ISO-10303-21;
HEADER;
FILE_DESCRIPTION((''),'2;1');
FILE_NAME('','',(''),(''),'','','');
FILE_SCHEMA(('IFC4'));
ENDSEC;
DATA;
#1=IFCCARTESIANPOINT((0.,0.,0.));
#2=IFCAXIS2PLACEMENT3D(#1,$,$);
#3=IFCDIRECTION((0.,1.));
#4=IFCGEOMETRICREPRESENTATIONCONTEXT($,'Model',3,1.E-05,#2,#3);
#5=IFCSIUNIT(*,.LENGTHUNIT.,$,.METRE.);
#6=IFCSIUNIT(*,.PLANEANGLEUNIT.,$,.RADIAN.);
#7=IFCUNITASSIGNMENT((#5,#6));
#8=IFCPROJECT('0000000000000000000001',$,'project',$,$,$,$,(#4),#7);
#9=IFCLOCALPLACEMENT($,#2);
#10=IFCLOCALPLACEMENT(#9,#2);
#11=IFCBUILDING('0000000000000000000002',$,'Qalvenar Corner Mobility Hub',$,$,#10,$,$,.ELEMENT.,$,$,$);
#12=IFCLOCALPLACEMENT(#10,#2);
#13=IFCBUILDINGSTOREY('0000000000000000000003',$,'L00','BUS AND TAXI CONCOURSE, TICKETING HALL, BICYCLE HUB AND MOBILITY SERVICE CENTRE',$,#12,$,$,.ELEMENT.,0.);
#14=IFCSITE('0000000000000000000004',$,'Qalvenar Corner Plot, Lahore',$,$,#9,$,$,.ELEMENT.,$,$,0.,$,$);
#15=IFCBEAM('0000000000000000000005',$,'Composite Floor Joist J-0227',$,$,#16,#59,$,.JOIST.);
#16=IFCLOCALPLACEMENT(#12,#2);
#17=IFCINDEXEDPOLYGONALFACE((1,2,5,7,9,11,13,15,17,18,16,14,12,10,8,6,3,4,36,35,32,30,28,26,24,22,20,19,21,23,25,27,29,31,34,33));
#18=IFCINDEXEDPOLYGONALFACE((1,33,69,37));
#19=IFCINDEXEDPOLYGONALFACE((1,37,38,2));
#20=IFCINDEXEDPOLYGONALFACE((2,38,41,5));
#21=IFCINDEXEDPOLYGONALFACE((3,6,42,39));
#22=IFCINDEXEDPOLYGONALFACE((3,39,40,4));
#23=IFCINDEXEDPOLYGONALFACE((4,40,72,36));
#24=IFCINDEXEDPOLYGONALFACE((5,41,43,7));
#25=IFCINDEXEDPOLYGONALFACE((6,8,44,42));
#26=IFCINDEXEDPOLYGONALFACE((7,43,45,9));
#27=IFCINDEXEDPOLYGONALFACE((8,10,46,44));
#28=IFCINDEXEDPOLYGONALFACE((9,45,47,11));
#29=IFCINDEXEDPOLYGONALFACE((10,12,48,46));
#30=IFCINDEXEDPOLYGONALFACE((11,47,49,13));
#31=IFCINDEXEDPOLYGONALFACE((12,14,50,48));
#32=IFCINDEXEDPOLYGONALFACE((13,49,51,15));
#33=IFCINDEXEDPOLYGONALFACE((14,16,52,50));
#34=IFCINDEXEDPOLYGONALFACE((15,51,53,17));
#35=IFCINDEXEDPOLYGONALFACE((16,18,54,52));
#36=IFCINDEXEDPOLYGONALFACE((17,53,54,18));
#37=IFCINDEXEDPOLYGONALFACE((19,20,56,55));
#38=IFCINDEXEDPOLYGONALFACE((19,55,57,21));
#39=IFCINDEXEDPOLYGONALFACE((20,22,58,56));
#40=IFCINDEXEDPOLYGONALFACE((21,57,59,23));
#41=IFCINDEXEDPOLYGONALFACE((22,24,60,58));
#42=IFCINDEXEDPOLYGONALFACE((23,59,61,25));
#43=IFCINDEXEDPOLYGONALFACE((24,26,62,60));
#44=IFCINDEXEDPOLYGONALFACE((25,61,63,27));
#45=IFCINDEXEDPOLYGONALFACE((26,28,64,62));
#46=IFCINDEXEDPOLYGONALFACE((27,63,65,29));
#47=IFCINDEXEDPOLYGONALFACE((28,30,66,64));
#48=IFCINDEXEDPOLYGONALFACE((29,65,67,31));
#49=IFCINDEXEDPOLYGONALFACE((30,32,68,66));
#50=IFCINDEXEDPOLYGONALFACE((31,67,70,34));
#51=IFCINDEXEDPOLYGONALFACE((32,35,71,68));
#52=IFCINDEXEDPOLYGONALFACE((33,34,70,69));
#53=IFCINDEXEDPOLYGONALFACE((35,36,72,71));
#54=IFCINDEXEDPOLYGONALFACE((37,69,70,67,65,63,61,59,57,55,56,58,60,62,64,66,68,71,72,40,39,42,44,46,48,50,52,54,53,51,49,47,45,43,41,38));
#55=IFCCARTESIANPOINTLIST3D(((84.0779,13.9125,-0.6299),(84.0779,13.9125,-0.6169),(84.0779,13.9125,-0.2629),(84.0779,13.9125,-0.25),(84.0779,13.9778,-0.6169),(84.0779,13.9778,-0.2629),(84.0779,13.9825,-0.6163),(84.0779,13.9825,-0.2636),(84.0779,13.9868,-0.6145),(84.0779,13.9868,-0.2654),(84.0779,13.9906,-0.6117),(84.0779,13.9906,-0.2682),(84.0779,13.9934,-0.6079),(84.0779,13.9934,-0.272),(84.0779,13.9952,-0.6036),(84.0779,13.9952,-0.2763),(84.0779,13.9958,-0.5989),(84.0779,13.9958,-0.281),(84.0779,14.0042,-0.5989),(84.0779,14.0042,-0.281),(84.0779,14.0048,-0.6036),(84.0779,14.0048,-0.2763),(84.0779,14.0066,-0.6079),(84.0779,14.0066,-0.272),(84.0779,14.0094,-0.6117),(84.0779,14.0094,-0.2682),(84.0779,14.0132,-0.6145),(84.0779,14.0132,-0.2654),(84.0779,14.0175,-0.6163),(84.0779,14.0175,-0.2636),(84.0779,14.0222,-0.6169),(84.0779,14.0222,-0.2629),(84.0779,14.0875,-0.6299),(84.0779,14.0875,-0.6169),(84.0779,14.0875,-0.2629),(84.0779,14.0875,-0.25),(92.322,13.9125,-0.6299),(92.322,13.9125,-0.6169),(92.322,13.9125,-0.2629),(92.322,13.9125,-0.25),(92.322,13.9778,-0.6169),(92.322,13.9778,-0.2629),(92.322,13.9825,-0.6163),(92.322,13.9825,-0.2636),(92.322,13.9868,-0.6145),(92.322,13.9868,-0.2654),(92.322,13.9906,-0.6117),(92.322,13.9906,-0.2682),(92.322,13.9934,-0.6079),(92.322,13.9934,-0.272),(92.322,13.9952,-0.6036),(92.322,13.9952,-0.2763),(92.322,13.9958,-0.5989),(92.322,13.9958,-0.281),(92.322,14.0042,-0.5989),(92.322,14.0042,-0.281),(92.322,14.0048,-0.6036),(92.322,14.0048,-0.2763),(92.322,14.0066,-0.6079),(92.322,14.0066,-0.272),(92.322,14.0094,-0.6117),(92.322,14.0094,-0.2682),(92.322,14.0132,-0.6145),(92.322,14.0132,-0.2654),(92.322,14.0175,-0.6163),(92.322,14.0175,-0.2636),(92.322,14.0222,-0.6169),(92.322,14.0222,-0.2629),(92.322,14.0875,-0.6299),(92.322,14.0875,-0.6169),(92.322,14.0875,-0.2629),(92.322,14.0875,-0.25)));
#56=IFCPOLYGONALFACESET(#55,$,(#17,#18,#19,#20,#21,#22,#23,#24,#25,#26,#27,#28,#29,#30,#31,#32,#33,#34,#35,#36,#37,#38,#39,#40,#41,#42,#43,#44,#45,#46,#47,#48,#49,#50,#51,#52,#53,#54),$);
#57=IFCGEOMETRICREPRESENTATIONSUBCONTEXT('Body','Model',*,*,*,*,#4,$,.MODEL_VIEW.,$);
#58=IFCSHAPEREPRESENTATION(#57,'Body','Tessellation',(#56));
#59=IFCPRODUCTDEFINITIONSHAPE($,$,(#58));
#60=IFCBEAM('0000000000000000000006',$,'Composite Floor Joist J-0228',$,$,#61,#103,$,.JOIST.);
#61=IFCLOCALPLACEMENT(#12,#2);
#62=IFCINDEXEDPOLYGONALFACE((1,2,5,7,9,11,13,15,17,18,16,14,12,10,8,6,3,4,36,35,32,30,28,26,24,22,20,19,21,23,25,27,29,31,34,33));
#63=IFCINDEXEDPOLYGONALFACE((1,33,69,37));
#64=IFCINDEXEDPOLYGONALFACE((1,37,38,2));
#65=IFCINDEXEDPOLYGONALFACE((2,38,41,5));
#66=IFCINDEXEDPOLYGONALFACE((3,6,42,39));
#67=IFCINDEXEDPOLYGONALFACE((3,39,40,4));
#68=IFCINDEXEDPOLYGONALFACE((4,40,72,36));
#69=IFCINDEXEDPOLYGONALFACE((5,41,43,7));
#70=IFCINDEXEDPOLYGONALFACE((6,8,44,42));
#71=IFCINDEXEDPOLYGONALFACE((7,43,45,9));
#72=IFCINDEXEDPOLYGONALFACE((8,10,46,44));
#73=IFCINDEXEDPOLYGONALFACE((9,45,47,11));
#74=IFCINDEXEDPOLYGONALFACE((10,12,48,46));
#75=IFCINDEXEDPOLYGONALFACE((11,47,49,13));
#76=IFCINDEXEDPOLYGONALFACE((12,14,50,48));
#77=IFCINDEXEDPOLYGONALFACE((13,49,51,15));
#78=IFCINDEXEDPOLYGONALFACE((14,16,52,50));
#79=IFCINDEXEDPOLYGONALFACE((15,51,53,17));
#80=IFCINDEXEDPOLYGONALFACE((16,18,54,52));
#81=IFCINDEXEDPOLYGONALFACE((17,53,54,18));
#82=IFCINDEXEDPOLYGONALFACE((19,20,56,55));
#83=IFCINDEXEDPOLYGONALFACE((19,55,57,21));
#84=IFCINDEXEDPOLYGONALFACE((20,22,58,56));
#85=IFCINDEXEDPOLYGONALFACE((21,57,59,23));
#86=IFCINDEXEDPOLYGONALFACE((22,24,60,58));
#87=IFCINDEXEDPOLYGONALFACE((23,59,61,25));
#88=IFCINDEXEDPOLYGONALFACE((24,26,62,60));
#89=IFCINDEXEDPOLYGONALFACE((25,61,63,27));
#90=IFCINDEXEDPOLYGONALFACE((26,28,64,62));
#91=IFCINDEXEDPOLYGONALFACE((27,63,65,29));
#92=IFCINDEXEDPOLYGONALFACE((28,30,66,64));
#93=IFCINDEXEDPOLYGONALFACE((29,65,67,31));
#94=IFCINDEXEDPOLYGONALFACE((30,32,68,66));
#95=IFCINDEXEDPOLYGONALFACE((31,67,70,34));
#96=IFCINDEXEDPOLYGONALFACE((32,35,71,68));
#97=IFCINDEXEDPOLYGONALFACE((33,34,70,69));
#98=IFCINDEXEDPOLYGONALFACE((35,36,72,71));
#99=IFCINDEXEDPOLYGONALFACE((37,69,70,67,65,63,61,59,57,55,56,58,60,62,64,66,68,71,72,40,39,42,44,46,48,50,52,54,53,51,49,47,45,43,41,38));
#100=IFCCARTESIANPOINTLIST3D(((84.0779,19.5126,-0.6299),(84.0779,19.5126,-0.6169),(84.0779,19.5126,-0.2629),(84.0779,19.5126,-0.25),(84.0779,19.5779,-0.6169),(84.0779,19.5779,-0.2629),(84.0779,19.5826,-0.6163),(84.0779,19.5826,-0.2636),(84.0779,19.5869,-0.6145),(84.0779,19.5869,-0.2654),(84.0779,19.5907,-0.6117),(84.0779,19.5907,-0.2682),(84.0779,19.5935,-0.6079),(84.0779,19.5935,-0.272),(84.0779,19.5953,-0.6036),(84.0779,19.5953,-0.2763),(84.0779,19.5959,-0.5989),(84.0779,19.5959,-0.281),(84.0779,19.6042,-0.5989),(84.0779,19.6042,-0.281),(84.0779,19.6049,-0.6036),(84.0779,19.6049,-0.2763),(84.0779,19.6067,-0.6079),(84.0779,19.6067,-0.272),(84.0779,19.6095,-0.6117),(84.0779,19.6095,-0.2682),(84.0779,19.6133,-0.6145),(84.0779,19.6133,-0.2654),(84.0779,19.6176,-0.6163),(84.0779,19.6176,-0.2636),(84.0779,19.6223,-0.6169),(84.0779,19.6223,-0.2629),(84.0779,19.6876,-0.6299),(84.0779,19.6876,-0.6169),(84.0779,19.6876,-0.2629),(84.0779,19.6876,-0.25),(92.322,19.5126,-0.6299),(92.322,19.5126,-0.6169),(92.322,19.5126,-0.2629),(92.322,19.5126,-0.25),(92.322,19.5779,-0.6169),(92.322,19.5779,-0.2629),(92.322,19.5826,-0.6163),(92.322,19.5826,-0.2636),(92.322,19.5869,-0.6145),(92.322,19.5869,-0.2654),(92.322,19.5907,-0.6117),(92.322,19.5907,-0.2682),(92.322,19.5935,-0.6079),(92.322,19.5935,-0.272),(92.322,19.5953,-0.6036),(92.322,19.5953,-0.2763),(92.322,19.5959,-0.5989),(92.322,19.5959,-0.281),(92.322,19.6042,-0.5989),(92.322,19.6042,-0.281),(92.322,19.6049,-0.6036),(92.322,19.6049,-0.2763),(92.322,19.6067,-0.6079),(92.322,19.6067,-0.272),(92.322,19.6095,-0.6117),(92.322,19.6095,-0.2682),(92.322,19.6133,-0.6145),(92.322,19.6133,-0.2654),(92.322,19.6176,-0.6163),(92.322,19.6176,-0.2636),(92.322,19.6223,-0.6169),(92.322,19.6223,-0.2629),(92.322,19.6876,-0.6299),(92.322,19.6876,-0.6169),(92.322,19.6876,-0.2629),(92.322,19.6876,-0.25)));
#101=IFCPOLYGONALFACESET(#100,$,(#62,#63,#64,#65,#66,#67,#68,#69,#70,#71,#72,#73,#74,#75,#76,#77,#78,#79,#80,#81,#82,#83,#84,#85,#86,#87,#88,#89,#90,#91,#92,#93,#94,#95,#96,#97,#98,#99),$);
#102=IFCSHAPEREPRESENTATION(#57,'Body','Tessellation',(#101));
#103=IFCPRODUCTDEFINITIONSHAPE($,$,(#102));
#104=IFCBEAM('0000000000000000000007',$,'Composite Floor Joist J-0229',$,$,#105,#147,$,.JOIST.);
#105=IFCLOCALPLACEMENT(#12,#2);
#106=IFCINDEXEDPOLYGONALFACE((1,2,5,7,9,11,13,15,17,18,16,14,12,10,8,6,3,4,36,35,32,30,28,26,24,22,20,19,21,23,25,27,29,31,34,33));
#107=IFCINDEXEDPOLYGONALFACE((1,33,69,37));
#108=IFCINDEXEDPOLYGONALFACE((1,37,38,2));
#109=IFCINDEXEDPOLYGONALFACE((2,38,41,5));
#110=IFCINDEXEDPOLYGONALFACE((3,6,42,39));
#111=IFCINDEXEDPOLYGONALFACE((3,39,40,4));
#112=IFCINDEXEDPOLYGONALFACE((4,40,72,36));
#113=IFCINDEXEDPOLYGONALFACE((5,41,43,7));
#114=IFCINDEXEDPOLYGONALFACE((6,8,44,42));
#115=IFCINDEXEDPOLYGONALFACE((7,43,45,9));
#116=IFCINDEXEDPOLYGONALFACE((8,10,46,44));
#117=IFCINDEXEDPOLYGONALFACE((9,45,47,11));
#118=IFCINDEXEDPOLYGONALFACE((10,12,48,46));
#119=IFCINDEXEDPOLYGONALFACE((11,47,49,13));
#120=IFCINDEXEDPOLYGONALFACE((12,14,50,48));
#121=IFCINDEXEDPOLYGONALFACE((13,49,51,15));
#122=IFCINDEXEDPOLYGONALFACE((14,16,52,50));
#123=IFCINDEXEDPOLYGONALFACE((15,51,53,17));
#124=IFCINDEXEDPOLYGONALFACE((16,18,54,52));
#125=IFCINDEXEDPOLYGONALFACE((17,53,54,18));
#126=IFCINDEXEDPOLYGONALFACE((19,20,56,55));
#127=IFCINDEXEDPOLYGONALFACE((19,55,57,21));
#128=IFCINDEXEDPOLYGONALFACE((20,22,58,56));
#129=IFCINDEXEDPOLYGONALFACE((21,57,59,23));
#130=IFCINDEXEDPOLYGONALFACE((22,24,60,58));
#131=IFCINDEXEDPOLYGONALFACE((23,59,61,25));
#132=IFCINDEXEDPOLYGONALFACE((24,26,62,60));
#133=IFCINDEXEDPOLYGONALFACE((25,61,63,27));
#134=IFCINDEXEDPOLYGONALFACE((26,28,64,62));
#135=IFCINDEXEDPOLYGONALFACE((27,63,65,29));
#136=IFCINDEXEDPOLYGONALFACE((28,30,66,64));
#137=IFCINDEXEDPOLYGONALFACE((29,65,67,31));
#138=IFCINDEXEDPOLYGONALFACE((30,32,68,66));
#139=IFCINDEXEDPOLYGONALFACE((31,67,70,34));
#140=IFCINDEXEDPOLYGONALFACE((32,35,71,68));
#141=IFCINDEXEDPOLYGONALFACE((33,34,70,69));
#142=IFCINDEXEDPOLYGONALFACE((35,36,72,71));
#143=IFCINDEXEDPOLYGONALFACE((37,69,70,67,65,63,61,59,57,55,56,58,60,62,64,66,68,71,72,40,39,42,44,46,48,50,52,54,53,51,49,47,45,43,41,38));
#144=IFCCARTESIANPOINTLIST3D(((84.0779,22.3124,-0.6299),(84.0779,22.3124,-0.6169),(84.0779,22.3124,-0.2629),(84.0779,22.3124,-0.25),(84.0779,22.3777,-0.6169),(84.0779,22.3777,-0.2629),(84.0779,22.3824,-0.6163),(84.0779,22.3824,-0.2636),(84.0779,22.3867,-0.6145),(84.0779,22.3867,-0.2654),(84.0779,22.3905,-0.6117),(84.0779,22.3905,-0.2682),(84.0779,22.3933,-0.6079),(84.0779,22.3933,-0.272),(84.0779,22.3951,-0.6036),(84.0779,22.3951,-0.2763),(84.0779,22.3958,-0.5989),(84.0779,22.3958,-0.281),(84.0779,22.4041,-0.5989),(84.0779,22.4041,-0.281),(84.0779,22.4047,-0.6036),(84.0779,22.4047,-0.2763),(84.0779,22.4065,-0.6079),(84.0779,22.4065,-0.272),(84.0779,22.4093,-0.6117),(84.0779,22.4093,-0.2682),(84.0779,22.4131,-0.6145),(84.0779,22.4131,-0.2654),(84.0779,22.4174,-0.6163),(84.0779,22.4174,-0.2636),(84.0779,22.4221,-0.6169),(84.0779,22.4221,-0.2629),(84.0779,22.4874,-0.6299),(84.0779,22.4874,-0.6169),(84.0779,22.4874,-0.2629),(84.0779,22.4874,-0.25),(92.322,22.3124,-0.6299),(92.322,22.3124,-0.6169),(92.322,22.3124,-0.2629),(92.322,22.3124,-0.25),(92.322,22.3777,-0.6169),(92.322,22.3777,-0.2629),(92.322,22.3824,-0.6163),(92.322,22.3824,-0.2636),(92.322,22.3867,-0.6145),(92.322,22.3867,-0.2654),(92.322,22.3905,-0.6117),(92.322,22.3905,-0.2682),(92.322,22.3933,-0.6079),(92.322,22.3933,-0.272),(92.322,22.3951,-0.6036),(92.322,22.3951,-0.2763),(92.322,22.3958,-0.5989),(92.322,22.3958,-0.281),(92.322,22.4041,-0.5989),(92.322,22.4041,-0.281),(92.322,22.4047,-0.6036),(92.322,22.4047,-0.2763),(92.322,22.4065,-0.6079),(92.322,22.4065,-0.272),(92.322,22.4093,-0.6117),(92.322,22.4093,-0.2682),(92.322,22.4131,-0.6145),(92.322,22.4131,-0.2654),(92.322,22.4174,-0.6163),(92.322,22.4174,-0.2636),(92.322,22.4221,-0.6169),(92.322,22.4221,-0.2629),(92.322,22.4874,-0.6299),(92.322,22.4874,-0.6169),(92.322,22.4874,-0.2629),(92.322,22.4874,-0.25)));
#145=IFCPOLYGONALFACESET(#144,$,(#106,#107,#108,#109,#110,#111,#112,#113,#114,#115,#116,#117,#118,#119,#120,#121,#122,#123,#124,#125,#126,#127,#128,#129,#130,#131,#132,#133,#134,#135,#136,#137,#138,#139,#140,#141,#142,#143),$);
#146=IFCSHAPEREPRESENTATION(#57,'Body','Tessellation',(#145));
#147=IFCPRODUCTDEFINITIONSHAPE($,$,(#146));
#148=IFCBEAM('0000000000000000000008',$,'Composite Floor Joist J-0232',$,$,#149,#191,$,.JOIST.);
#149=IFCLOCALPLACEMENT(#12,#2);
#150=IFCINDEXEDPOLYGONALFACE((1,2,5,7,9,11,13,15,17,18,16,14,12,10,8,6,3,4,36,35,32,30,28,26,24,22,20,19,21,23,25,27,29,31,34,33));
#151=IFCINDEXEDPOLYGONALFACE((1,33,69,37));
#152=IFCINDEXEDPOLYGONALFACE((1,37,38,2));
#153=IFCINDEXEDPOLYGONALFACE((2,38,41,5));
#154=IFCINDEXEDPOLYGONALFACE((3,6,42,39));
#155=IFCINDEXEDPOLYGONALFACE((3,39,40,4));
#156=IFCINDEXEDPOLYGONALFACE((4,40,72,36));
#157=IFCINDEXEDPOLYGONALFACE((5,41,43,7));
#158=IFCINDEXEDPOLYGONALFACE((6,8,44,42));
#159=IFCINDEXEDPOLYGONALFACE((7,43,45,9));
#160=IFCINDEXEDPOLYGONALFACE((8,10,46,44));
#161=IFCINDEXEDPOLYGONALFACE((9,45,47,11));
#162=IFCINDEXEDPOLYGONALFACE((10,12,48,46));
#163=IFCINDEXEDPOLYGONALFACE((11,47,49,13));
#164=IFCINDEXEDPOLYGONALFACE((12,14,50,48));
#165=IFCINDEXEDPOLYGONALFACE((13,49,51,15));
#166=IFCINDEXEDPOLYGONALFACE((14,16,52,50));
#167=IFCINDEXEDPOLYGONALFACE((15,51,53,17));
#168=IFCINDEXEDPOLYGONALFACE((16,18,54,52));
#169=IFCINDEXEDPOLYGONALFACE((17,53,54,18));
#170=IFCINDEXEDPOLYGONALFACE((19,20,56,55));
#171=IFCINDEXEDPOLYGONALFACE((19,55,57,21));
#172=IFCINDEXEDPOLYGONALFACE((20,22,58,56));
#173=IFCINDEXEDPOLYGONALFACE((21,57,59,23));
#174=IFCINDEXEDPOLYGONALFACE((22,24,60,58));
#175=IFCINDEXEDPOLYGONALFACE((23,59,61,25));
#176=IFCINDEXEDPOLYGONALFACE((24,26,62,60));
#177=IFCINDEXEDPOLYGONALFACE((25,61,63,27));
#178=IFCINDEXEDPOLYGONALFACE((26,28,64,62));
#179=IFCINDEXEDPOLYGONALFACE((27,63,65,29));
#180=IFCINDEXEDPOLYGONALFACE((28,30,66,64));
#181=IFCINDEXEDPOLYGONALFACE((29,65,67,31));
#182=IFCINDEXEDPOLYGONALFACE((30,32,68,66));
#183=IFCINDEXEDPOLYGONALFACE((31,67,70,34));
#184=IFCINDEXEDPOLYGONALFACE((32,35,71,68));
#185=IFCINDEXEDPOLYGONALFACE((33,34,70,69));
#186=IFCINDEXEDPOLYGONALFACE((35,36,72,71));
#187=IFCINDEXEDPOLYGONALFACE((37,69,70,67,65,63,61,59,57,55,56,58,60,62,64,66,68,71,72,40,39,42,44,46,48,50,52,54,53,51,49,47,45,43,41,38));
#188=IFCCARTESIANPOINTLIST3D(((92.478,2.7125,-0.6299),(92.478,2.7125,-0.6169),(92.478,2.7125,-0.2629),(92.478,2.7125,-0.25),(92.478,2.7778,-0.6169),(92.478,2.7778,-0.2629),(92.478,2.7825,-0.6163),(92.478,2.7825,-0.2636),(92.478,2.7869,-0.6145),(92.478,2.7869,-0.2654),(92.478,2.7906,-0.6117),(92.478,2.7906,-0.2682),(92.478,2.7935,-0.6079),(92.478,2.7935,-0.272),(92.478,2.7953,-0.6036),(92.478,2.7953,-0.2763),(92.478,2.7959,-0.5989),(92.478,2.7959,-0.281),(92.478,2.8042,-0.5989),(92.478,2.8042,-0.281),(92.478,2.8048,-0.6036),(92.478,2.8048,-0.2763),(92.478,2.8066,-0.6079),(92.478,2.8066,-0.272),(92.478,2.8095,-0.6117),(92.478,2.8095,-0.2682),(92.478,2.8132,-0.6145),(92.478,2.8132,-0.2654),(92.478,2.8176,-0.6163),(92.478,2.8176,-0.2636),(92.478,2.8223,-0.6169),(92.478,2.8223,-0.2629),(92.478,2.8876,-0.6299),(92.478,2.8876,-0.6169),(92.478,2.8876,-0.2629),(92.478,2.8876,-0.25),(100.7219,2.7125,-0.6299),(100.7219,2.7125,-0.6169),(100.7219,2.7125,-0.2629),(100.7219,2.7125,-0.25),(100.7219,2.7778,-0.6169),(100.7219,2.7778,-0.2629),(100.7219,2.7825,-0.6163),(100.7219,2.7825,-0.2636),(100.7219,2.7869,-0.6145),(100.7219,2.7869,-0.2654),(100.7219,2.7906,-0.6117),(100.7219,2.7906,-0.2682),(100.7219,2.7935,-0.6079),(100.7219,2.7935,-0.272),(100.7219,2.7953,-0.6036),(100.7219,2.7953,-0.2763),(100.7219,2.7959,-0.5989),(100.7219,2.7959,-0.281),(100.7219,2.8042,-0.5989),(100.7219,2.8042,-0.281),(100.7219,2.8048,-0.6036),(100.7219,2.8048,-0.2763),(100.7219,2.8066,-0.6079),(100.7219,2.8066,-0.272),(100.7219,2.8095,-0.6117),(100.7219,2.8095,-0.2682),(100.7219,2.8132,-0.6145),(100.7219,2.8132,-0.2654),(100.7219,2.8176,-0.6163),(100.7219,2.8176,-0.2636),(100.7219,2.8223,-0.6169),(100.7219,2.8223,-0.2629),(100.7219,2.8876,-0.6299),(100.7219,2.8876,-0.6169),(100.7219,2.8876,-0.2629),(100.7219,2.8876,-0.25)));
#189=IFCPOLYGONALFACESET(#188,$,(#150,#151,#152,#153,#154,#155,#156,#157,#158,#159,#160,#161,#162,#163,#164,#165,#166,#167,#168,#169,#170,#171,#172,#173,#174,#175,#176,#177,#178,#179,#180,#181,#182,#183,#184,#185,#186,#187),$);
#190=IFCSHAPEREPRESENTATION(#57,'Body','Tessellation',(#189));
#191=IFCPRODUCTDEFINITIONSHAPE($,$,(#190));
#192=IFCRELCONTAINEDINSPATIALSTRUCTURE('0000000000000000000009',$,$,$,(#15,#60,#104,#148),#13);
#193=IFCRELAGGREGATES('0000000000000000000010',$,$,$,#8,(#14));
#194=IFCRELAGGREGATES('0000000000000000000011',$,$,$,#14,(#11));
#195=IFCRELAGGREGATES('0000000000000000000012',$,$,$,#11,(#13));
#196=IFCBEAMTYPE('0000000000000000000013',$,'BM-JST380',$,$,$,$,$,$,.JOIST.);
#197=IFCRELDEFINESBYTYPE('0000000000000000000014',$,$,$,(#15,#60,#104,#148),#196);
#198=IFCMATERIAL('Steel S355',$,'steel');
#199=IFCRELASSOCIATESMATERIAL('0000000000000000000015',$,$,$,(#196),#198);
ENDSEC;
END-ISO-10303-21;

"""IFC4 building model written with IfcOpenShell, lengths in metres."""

from ifc_helpers import new_model, si_unit, direction, frame, origin, origin_2d, place, context, subcontext, project, spatial, i_section, extrude, material, material_profile, profile_set, type_object, element, save


model = new_model("IFC4")

# Units and contexts
model_context = context("Model", 3, precision=1e-05, world=origin(), true_north=direction((0.0, 1.0)))
body_context = subcontext(model_context, "Body", "Model", "MODEL_VIEW")
ifc_project = project(units=[si_unit("LENGTHUNIT", "METRE"), si_unit("PLANEANGLEUNIT", "RADIAN")], contexts=[model_context])

# Site, building, storey
site_placement = place(None, origin())
site = spatial("IfcSite", under=ifc_project, at=site_placement, Name="Qalvenar Corner Plot, Lahore", CompositionType="ELEMENT", RefElevation=0.0)
building_placement = place(site_placement, origin())
building = spatial("IfcBuilding", under=site, at=building_placement, Name="Qalvenar Corner Mobility Hub", CompositionType="ELEMENT")
storey_placement = place(building_placement, origin())
storey = spatial("IfcBuildingStorey", under=building, at=storey_placement, Name="L00", Description="BUS AND TAXI CONCOURSE, TICKETING HALL, BICYCLE HUB AND MOBILITY SERVICE CENTRE", CompositionType="ELEMENT", Elevation=0.0)

# Shared definitions
ifc_material_1 = material(Name="Steel S355", Category="steel")

# Beams
ifc_material_profile_1 = material_profile(ifc_material_1, i_section(OverallWidth=0.175, OverallDepth=0.3799, WebThickness=0.0083, FlangeThickness=0.0129, FilletRadius=0.0181, at=origin_2d()), Name="IPE380-EQ")
ifc_profile_set_1 = profile_set([ifc_material_profile_1], Name="Steel S355")
beam_type_1 = type_object("IfcBeamType", Name="BM-JST380", PredefinedType="JOIST", material=ifc_profile_set_1)
for number, where, z_axis, x_axis, name in (
    (1, (84.0779, 14.0, -0.4399), (1.0, 0.0, 0.0), (0.0, 1.0, 0.0), "Composite Floor Joist J-0227"),
    (2, (84.0779, 19.6001, -0.4399), (1.0, 0.0, 0.0), (0.0, 1.0, 0.0), "Composite Floor Joist J-0228"),
    (3, (84.0779, 22.3999, -0.4399), (1.0, 0.0, 0.0), (0.0, 1.0, 0.0), "Composite Floor Joist J-0229"),
):
    element("IfcBeam", number, at=place(storey_placement, frame(where, z_axis=z_axis, x_axis=x_axis)), inside=storey, type_object=beam_type_1, Name=name, PredefinedType="JOIST", context=body_context, shape_type="SweptSolid", body=[
        extrude(i_section(OverallWidth=0.175, OverallDepth=0.3799, WebThickness=0.0083, FlangeThickness=0.0129, FilletRadius=0.0181, at=origin_2d()), origin(), (0.0, 0.0, 1.0), 8.2441),
    ])
for number, where, z_axis, x_axis, name in (
    (4, (92.478, 2.8, -0.4399), (1.0, 0.0, 0.0), (0.0, 1.0, 0.0), "Composite Floor Joist J-0232"),
):
    element("IfcBeam", number, at=place(storey_placement, frame(where, z_axis=z_axis, x_axis=x_axis)), inside=storey, type_object=beam_type_1, Name=name, PredefinedType="JOIST", context=body_context, shape_type="SweptSolid", body=[
        extrude(i_section(OverallWidth=0.175, OverallDepth=0.3799, WebThickness=0.0083, FlangeThickness=0.0129, FilletRadius=0.0181, at=origin_2d()), origin(), (0.0, 0.0, 1.0), 8.2439),
    ])

save(model, "model.ifc")
